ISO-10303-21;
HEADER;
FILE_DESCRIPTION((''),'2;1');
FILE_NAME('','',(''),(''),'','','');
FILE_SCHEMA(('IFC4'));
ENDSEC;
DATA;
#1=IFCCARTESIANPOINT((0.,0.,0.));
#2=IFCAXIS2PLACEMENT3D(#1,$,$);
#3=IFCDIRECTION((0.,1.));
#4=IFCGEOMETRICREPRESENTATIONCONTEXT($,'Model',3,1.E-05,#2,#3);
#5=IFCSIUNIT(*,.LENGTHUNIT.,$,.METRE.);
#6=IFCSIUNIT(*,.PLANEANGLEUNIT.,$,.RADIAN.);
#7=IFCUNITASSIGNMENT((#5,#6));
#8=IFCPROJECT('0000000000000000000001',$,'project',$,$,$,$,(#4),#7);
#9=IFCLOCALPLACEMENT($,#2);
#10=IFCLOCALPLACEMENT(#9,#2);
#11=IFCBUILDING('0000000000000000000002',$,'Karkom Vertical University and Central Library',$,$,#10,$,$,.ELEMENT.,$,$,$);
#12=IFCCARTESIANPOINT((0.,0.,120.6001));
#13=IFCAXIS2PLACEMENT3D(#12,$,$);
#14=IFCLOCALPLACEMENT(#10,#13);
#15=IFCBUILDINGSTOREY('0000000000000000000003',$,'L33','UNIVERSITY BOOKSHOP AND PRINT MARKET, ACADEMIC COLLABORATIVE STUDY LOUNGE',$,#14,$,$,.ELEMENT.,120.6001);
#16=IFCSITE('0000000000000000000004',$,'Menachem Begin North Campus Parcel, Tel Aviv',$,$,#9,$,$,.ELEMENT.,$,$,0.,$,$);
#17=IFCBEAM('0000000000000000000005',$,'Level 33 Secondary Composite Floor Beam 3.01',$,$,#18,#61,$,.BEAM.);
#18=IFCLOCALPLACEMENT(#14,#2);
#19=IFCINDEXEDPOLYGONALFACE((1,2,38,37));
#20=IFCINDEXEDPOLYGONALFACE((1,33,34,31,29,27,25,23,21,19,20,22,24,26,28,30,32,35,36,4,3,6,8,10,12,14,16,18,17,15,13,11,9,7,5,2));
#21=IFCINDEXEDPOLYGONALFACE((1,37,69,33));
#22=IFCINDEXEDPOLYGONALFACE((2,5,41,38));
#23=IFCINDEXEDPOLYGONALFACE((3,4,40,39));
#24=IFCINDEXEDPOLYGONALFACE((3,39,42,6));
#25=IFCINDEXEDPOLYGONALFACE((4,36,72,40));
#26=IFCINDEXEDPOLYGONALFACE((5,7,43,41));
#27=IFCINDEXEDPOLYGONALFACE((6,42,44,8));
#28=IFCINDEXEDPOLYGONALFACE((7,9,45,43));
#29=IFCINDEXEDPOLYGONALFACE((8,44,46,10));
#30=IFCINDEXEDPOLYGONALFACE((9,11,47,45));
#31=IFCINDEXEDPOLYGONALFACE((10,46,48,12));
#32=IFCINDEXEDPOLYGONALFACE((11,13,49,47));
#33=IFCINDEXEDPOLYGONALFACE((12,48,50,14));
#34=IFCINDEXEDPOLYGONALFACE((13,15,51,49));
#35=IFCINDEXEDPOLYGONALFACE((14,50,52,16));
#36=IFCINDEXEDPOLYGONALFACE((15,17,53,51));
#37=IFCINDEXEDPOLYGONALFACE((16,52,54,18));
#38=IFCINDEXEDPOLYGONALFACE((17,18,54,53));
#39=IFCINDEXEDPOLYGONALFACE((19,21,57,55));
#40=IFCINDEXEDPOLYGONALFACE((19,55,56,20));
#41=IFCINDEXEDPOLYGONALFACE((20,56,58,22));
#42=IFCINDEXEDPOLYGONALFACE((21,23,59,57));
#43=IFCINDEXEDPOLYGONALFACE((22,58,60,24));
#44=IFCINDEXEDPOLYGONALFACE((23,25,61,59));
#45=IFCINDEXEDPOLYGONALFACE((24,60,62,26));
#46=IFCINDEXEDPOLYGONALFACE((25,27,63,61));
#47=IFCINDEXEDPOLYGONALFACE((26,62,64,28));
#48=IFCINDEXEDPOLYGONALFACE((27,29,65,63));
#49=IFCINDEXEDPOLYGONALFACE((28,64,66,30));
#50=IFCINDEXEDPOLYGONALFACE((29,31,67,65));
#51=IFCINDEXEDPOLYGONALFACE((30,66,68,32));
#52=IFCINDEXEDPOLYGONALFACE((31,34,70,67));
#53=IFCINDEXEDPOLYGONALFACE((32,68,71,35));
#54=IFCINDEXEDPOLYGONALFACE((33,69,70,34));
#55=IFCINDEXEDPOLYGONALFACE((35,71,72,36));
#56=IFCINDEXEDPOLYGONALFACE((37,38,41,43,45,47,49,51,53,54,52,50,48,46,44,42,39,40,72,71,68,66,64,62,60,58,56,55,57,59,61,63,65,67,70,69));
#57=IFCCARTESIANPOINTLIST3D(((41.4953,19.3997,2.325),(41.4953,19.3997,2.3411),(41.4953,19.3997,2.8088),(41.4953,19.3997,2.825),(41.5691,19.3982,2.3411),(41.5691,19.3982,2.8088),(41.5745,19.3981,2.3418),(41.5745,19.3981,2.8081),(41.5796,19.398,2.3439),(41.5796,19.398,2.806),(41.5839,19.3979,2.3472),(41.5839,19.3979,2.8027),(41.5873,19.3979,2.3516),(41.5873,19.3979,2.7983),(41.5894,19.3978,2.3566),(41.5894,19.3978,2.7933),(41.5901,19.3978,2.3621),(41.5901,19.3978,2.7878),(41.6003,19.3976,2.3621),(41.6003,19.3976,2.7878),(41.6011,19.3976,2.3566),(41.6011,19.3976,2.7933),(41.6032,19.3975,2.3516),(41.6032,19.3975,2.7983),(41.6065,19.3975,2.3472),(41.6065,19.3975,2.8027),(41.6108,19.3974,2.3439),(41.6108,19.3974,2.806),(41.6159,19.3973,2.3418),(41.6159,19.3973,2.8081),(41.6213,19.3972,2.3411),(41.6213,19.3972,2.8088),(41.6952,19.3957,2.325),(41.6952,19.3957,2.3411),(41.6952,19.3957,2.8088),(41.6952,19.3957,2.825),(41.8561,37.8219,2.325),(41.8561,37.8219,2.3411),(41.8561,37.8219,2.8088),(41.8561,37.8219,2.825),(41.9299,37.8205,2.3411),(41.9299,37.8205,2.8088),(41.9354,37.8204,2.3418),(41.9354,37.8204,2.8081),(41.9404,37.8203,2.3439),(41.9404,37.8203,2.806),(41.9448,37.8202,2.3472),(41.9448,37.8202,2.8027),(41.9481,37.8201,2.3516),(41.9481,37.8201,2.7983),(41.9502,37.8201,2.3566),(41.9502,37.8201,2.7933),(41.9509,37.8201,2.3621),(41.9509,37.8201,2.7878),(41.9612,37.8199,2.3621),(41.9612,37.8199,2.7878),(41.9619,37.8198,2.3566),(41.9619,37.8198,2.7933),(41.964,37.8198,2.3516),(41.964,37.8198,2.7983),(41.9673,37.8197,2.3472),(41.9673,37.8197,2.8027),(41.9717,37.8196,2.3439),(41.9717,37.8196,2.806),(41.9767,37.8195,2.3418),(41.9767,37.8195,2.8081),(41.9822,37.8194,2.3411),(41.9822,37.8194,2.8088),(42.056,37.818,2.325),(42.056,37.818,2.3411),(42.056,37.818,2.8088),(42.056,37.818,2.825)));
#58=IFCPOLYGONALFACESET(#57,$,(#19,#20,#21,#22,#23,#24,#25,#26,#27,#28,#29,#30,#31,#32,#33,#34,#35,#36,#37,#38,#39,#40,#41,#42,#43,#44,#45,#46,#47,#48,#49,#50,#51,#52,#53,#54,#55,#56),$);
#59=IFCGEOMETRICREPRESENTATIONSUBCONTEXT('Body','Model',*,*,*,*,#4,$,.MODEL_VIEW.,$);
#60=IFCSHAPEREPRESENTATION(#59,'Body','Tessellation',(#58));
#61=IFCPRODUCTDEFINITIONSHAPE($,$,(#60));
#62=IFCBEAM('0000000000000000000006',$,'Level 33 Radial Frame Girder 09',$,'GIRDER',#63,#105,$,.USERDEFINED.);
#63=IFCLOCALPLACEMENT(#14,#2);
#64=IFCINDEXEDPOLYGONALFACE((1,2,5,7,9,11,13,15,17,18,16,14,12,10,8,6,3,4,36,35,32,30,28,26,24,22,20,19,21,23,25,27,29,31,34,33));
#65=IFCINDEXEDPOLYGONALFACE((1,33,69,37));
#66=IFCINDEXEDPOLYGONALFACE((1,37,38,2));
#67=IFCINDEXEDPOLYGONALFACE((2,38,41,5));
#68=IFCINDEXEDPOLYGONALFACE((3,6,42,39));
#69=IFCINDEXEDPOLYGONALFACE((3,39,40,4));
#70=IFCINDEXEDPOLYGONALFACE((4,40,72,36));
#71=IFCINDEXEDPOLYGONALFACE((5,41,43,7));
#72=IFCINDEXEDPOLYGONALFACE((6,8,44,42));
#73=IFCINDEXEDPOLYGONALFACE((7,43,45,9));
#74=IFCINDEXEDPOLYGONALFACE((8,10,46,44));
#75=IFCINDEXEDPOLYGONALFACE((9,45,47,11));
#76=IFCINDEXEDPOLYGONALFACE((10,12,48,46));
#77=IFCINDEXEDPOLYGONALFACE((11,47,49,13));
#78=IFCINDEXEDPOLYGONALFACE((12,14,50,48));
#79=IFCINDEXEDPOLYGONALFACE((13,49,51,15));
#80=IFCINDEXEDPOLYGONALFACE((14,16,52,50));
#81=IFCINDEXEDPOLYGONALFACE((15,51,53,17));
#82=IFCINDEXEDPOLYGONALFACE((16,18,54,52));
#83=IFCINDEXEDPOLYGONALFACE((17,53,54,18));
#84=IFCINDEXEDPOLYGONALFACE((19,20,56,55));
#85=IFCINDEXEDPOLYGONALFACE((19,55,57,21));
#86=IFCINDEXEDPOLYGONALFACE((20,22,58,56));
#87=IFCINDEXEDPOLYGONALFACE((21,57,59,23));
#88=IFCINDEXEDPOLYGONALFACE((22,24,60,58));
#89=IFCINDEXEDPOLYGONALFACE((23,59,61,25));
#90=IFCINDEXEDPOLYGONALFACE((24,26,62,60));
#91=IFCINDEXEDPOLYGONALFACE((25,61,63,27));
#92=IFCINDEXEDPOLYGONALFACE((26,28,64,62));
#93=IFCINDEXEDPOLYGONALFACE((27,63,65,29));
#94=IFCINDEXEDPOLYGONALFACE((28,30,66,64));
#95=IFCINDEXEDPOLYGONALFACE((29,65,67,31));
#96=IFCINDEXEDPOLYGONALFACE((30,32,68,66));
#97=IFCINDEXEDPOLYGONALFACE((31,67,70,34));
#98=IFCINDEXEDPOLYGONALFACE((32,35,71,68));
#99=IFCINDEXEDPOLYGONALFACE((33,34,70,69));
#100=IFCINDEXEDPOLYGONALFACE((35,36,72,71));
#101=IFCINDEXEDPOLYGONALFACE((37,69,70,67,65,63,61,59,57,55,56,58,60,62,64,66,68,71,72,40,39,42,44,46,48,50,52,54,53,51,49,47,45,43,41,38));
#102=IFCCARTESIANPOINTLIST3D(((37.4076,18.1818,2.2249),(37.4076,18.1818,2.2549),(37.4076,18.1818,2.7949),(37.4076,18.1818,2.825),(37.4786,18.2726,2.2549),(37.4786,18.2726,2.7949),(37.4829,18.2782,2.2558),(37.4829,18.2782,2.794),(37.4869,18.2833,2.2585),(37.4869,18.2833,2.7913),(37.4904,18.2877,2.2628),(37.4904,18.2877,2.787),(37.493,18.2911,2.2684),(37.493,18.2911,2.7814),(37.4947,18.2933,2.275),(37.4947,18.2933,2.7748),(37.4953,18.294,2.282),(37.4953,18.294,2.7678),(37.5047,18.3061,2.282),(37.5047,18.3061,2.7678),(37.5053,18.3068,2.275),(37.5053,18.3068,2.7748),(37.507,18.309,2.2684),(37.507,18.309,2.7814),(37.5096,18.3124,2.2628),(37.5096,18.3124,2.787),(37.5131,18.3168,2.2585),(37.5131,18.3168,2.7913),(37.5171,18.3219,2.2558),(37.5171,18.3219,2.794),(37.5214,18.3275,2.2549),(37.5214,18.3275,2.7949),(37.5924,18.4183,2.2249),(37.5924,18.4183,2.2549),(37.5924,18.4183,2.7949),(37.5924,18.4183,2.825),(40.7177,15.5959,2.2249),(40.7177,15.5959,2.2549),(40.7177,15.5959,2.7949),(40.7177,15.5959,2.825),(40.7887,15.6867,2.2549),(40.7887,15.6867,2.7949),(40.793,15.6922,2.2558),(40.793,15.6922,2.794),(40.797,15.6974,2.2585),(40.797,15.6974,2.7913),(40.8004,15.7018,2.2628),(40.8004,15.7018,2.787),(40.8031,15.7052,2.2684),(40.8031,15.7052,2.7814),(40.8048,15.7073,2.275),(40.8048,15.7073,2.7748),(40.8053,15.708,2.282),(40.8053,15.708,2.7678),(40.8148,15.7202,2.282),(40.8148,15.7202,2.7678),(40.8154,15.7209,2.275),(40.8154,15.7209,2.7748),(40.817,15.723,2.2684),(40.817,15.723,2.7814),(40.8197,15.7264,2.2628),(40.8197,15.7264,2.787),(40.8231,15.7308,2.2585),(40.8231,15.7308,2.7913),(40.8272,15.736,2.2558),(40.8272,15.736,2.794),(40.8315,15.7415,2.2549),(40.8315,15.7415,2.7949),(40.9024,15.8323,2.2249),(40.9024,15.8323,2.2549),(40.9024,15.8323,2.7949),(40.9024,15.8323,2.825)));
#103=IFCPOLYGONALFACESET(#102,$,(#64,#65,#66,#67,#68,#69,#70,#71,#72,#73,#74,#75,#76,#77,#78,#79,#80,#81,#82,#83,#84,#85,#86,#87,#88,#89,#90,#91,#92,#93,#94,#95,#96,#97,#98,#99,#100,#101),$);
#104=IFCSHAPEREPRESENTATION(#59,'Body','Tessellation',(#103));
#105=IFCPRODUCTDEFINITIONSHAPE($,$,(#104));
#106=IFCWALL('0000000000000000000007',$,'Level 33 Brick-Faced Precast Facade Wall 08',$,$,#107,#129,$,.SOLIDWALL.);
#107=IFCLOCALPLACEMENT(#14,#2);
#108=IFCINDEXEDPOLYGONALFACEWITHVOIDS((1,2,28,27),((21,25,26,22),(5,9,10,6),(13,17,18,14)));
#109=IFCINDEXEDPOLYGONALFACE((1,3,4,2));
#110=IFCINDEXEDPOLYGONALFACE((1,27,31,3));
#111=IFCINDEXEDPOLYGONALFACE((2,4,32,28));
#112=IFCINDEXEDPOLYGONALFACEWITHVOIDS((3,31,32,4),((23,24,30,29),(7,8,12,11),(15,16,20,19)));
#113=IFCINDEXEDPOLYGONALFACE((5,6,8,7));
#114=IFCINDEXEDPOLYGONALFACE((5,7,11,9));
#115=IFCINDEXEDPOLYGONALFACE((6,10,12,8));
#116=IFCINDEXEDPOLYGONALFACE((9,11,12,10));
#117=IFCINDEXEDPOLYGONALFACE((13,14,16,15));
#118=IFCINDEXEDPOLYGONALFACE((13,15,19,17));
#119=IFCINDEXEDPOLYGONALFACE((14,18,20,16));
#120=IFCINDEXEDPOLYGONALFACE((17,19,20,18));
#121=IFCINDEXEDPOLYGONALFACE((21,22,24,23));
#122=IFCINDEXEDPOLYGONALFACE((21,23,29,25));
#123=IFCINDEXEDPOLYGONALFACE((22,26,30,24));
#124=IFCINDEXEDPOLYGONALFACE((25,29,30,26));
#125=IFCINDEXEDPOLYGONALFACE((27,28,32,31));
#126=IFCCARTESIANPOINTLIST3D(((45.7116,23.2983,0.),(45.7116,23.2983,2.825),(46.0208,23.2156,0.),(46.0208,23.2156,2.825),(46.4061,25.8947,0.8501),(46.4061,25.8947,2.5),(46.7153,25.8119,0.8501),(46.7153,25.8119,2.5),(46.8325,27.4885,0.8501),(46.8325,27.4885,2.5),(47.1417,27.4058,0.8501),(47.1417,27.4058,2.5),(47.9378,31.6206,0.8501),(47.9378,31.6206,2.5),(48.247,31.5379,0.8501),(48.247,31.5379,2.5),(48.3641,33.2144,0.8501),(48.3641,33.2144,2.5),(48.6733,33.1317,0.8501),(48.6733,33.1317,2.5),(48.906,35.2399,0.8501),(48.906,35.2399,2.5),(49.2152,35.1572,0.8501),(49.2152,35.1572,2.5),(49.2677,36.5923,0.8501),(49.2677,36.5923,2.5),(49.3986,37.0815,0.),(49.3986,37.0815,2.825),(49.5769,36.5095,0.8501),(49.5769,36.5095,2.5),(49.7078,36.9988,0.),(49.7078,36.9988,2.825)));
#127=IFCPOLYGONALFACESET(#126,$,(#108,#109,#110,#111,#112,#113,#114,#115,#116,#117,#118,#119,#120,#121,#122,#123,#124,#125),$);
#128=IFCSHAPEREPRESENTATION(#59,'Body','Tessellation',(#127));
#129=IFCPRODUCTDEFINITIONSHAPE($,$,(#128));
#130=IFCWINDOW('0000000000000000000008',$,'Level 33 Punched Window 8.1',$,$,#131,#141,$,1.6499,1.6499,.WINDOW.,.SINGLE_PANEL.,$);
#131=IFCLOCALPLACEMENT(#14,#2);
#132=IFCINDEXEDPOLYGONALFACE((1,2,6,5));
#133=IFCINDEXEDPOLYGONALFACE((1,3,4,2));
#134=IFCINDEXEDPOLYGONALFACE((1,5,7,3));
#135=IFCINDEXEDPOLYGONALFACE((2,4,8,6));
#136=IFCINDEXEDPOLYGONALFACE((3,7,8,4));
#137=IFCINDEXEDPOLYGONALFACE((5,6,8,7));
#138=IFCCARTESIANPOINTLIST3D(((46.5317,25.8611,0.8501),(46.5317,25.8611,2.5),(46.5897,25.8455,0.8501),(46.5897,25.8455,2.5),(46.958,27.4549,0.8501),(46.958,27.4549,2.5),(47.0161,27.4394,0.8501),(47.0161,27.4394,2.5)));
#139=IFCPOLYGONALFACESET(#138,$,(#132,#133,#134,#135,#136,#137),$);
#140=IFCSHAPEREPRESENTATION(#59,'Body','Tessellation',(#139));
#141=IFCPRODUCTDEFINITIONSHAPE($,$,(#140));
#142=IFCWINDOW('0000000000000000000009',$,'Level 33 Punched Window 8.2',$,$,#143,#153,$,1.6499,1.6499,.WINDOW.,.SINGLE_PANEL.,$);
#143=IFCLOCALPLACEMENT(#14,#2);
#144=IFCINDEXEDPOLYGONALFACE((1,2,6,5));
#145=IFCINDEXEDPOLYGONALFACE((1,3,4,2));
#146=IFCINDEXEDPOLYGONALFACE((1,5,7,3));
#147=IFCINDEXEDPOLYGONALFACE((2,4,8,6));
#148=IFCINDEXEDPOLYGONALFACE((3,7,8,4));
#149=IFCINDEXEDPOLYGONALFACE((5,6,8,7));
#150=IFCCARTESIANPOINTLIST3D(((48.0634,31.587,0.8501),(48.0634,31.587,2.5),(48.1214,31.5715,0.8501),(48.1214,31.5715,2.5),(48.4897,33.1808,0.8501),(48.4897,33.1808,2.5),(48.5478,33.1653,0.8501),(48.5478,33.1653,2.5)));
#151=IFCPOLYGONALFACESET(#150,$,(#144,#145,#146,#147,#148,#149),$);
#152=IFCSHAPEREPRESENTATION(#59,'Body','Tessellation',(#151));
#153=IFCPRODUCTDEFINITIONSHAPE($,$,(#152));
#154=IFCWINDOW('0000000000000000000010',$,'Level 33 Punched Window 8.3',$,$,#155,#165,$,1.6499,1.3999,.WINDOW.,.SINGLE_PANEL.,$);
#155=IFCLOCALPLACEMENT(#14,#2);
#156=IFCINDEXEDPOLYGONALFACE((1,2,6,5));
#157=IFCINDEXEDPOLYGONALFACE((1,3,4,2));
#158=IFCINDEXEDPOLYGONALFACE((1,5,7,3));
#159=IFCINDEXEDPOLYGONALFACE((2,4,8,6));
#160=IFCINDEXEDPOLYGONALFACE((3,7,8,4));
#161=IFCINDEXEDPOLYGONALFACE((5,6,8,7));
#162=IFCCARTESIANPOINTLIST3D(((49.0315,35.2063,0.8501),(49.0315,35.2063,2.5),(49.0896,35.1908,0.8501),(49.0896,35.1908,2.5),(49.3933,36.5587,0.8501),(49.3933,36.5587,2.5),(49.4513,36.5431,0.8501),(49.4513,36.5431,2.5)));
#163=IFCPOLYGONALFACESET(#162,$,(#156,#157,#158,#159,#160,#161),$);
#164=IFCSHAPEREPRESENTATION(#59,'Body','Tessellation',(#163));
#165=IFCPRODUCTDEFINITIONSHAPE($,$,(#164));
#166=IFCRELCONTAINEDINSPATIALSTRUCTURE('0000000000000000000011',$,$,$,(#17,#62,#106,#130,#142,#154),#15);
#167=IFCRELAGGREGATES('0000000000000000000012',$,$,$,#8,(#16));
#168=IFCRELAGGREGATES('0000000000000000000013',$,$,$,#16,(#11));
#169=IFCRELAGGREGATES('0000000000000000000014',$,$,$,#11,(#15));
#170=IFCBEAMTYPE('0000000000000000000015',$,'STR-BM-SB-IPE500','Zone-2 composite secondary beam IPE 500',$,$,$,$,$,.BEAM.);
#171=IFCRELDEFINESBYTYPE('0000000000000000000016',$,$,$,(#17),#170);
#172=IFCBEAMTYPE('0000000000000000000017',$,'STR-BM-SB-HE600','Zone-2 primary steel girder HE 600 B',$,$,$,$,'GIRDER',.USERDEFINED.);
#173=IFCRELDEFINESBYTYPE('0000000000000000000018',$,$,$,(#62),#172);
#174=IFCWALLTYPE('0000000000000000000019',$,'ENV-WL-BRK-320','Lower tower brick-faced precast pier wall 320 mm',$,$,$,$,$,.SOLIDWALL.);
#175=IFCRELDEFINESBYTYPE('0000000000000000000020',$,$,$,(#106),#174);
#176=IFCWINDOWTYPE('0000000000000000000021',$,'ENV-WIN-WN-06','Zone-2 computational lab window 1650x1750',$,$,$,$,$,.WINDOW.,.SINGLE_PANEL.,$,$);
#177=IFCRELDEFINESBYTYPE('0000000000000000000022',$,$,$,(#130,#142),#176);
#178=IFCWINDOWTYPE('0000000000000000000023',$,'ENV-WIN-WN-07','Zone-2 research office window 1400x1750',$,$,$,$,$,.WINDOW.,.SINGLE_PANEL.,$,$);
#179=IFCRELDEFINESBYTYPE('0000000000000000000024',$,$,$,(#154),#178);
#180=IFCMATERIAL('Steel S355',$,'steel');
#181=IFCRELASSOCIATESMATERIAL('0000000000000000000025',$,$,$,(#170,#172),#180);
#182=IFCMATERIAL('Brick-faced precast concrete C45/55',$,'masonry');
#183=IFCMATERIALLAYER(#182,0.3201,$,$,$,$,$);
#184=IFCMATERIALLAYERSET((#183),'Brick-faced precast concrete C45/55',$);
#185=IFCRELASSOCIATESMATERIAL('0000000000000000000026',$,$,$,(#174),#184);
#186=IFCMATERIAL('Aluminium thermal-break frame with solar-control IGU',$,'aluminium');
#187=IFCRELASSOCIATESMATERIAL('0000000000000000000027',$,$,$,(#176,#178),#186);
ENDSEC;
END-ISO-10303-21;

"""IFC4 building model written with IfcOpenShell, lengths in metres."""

from ifc_helpers import new_model, si_unit, direction, frame, frame_2d, origin, origin_with_axes, origin_2d, place, context, subcontext, project, spatial, rectangle, i_section, extrude, source, transform, mapped, material, layer, layer_set, material_profile, profile_set, type_object, element, fill, save


model = new_model("IFC4")

# Units and contexts
model_context = context("Model", 3, precision=1e-05, world=origin(), true_north=direction((0.0, 1.0)))
body_context = subcontext(model_context, "Body", "Model", "MODEL_VIEW")
ifc_project = project(units=[si_unit("LENGTHUNIT", "METRE"), si_unit("PLANEANGLEUNIT", "RADIAN")], contexts=[model_context])

# Site, building, storey
site_placement = place(None, origin())
site = spatial("IfcSite", under=ifc_project, at=site_placement, Name="Menachem Begin North Campus Parcel, Tel Aviv", CompositionType="ELEMENT", RefElevation=0.0)
building_placement = place(site_placement, origin())
building = spatial("IfcBuilding", under=site, at=building_placement, Name="Karkom Vertical University and Central Library", CompositionType="ELEMENT")
storey_placement = place(building_placement, frame((0.0, 0.0, 120.6001)))
storey = spatial("IfcBuildingStorey", under=building, at=storey_placement, Name="L33", Description="UNIVERSITY BOOKSHOP AND PRINT MARKET, ACADEMIC COLLABORATIVE STUDY LOUNGE", CompositionType="ELEMENT", Elevation=120.6001)

# Beams
ifc_material_1 = material(Name="Steel S355", Category="steel")
ifc_material_profile_1 = material_profile(ifc_material_1, i_section(OverallWidth=0.2, OverallDepth=0.5, WebThickness=0.0103, FlangeThickness=0.0161, FilletRadius=0.021, at=origin_2d()), Name="IPE 500")
ifc_profile_set_1 = profile_set([ifc_material_profile_1], Name="Steel S355")
beam_type_1 = type_object("IfcBeamType", Name="STR-BM-SB-IPE500", Description="Zone-2 composite secondary beam IPE 500", PredefinedType="BEAM", material=ifc_profile_set_1)
shared_shape_1 = source(origin_with_axes(), body_context, "Body", "SweptSolid", [
    extrude(i_section(OverallWidth=0.2, OverallDepth=0.5, WebThickness=0.0103, FlangeThickness=0.0161, FilletRadius=0.021, at=origin_2d()), origin(), (0.0, 0.0, 1.0), 18.4258),
])
beam_1_placement = place(storey_placement, frame((41.5952, 19.3977, 2.575), z_axis=(0.019583, 0.999808, 0.0), x_axis=(-0.999808, 0.019583, 0.0)))
element("IfcBeam", 1, at=beam_1_placement, inside=storey, type_object=beam_type_1, Name="Level 33 Secondary Composite Floor Beam 3.01", PredefinedType="BEAM", context=body_context, shape_type="MappedRepresentation", body=[
    mapped(shared_shape_1, transform((0.0, 0.0, 0.0), scale=1.0)),
])
ifc_material_profile_2 = material_profile(ifc_material_1, i_section(OverallWidth=0.3, OverallDepth=0.6001, WebThickness=0.0154, FlangeThickness=0.03, FilletRadius=0.0271, at=origin_2d()), Name="HE 600 B")
ifc_profile_set_2 = profile_set([ifc_material_profile_2], Name="Steel S355")
beam_type_2 = type_object("IfcBeamType", Name="STR-BM-SB-HE600", Description="Zone-2 primary steel girder HE 600 B", ElementType="GIRDER", PredefinedType="USERDEFINED", material=ifc_profile_set_2)
shared_shape_2 = source(origin_with_axes(), body_context, "Body", "SweptSolid", [
    extrude(i_section(OverallWidth=0.3, OverallDepth=0.6001, WebThickness=0.0154, FlangeThickness=0.03, FilletRadius=0.0271, at=origin_2d()), origin(), (0.0, 0.0, 1.0), 4.2004),
])
beam_2_placement = place(storey_placement, frame((37.5, 18.3, 2.5249), z_axis=(0.78803, -0.615637, 0.0), x_axis=(0.615637, 0.78803, 0.0)))
element("IfcBeam", 2, at=beam_2_placement, inside=storey, type_object=beam_type_2, Name="Level 33 Radial Frame Girder 09", ObjectType="GIRDER", PredefinedType="USERDEFINED", context=body_context, shape_type="MappedRepresentation", body=[
    mapped(shared_shape_2, transform((0.0, 0.0, 0.0), scale=1.0)),
])

# Wall, openings, windows
ifc_material_2 = material(Name="Brick-faced precast concrete C45/55", Category="masonry")
ifc_layer_1 = layer(ifc_material_2, 0.3201)
ifc_layer_set_1 = layer_set([ifc_layer_1], Name="Brick-faced precast concrete C45/55")
wall_type_1 = type_object("IfcWallType", Name="ENV-WL-BRK-320", Description="Lower tower brick-faced precast pier wall 320 mm", PredefinedType="SOLIDWALL", material=ifc_layer_set_1)
wall_1_placement = place(storey_placement, frame((45.8662, 23.2571, 0.0), z_axis=(0.0, 0.0, 1.0), x_axis=(0.258414, 0.966034, 0.0)))
wall_1 = element("IfcWall", 3, at=wall_1_placement, inside=storey, type_object=wall_type_1, Name="Level 33 Brick-Faced Precast Facade Wall 08", PredefinedType="SOLIDWALL", context=body_context, shape_type="SweptSolid", body=[
    extrude(rectangle(XDim=14.2678, YDim=0.3201, at=frame_2d((7.1338, 0.0))), origin(), (0.0, 0.0, 1.0), 2.825),
])
opening_1_placement = place(wall_1_placement, frame((2.6875, 0.0, 0.8501)))
opening_1 = element("IfcOpeningElement", 4, at=opening_1_placement, cuts=wall_1, PredefinedType="OPENING", context=body_context, shape_type="SweptSolid", body=[
    extrude(rectangle(XDim=1.6499, YDim=1.6499, at=frame_2d((0.825, 0.825))), frame((0.0, 0.1699, 0.0), z_axis=(0.0, -1.0, 0.0), x_axis=(1.0, 0.0, 0.0)), (0.0, 0.0, 1.0), 0.3401),
])
opening_2_placement = place(wall_1_placement, frame((8.6147, 0.0, 0.8501)))
opening_2 = element("IfcOpeningElement", 5, at=opening_2_placement, cuts=wall_1, PredefinedType="OPENING", context=body_context, shape_type="SweptSolid", body=[
    extrude(rectangle(XDim=1.6499, YDim=1.6499, at=frame_2d((0.825, 0.825))), frame((0.0, 0.1699, 0.0), z_axis=(0.0, -1.0, 0.0), x_axis=(1.0, 0.0, 0.0)), (0.0, 0.0, 1.0), 0.3401),
])
opening_3_placement = place(wall_1_placement, frame((12.3613, 0.0, 0.8501)))
opening_3 = element("IfcOpeningElement", 6, at=opening_3_placement, cuts=wall_1, PredefinedType="OPENING", context=body_context, shape_type="SweptSolid", body=[
    extrude(rectangle(XDim=1.3999, YDim=1.6499, at=frame_2d((0.7, 0.825))), frame((0.0, 0.1699, 0.0), z_axis=(0.0, -1.0, 0.0), x_axis=(1.0, 0.0, 0.0)), (0.0, 0.0, 1.0), 0.3401),
])
ifc_material_3 = material(Name="Aluminium thermal-break frame with solar-control IGU", Category="aluminium")
window_type_1 = type_object("IfcWindowType", Name="ENV-WIN-WN-06", Description="Zone-2 computational lab window 1650x1750", PartitioningType="SINGLE_PANEL", PredefinedType="WINDOW", material=ifc_material_3)
shared_shape_3 = source(origin_with_axes(), body_context, "Body", "SweptSolid", [
    extrude(rectangle(XDim=1.6499, YDim=1.6499, at=frame_2d((0.825, 0.825))), frame((0.0, 0.03, 0.0), z_axis=(0.0, -1.0, 0.0), x_axis=(1.0, 0.0, 0.0)), (0.0, 0.0, 1.0), 0.0601),
])
window_1_placement = place(opening_1_placement, origin())
window_1 = element("IfcWindow", 7, at=window_1_placement, inside=storey, type_object=window_type_1, Name="Level 33 Punched Window 8.1", OverallHeight=1.6499, OverallWidth=1.6499, PartitioningType="SINGLE_PANEL", PredefinedType="WINDOW", context=body_context, shape_type="MappedRepresentation", body=[
    mapped(shared_shape_3, transform((0.0, 0.0, 0.0), scale=1.0)),
])
fill(opening_1, window_1)
window_2_placement = place(opening_2_placement, origin())
window_2 = element("IfcWindow", 8, at=window_2_placement, inside=storey, type_object=window_type_1, Name="Level 33 Punched Window 8.2", OverallHeight=1.6499, OverallWidth=1.6499, PartitioningType="SINGLE_PANEL", PredefinedType="WINDOW", context=body_context, shape_type="MappedRepresentation", body=[
    mapped(shared_shape_3, transform((0.0, 0.0, 0.0), scale=1.0)),
])
fill(opening_2, window_2)
window_type_2 = type_object("IfcWindowType", Name="ENV-WIN-WN-07", Description="Zone-2 research office window 1400x1750", PartitioningType="SINGLE_PANEL", PredefinedType="WINDOW", material=ifc_material_3)
shared_shape_4 = source(origin_with_axes(), body_context, "Body", "SweptSolid", [
    extrude(rectangle(XDim=1.3999, YDim=1.6499, at=frame_2d((0.7, 0.825))), frame((0.0, 0.03, 0.0), z_axis=(0.0, -1.0, 0.0), x_axis=(1.0, 0.0, 0.0)), (0.0, 0.0, 1.0), 0.0601),
])
window_3_placement = place(opening_3_placement, origin())
window_3 = element("IfcWindow", 9, at=window_3_placement, inside=storey, type_object=window_type_2, Name="Level 33 Punched Window 8.3", OverallHeight=1.6499, OverallWidth=1.3999, PartitioningType="SINGLE_PANEL", PredefinedType="WINDOW", context=body_context, shape_type="MappedRepresentation", body=[
    mapped(shared_shape_4, transform((0.0, 0.0, 0.0), scale=1.0)),
])
fill(opening_3, window_3)

save(model, "model.ifc")
